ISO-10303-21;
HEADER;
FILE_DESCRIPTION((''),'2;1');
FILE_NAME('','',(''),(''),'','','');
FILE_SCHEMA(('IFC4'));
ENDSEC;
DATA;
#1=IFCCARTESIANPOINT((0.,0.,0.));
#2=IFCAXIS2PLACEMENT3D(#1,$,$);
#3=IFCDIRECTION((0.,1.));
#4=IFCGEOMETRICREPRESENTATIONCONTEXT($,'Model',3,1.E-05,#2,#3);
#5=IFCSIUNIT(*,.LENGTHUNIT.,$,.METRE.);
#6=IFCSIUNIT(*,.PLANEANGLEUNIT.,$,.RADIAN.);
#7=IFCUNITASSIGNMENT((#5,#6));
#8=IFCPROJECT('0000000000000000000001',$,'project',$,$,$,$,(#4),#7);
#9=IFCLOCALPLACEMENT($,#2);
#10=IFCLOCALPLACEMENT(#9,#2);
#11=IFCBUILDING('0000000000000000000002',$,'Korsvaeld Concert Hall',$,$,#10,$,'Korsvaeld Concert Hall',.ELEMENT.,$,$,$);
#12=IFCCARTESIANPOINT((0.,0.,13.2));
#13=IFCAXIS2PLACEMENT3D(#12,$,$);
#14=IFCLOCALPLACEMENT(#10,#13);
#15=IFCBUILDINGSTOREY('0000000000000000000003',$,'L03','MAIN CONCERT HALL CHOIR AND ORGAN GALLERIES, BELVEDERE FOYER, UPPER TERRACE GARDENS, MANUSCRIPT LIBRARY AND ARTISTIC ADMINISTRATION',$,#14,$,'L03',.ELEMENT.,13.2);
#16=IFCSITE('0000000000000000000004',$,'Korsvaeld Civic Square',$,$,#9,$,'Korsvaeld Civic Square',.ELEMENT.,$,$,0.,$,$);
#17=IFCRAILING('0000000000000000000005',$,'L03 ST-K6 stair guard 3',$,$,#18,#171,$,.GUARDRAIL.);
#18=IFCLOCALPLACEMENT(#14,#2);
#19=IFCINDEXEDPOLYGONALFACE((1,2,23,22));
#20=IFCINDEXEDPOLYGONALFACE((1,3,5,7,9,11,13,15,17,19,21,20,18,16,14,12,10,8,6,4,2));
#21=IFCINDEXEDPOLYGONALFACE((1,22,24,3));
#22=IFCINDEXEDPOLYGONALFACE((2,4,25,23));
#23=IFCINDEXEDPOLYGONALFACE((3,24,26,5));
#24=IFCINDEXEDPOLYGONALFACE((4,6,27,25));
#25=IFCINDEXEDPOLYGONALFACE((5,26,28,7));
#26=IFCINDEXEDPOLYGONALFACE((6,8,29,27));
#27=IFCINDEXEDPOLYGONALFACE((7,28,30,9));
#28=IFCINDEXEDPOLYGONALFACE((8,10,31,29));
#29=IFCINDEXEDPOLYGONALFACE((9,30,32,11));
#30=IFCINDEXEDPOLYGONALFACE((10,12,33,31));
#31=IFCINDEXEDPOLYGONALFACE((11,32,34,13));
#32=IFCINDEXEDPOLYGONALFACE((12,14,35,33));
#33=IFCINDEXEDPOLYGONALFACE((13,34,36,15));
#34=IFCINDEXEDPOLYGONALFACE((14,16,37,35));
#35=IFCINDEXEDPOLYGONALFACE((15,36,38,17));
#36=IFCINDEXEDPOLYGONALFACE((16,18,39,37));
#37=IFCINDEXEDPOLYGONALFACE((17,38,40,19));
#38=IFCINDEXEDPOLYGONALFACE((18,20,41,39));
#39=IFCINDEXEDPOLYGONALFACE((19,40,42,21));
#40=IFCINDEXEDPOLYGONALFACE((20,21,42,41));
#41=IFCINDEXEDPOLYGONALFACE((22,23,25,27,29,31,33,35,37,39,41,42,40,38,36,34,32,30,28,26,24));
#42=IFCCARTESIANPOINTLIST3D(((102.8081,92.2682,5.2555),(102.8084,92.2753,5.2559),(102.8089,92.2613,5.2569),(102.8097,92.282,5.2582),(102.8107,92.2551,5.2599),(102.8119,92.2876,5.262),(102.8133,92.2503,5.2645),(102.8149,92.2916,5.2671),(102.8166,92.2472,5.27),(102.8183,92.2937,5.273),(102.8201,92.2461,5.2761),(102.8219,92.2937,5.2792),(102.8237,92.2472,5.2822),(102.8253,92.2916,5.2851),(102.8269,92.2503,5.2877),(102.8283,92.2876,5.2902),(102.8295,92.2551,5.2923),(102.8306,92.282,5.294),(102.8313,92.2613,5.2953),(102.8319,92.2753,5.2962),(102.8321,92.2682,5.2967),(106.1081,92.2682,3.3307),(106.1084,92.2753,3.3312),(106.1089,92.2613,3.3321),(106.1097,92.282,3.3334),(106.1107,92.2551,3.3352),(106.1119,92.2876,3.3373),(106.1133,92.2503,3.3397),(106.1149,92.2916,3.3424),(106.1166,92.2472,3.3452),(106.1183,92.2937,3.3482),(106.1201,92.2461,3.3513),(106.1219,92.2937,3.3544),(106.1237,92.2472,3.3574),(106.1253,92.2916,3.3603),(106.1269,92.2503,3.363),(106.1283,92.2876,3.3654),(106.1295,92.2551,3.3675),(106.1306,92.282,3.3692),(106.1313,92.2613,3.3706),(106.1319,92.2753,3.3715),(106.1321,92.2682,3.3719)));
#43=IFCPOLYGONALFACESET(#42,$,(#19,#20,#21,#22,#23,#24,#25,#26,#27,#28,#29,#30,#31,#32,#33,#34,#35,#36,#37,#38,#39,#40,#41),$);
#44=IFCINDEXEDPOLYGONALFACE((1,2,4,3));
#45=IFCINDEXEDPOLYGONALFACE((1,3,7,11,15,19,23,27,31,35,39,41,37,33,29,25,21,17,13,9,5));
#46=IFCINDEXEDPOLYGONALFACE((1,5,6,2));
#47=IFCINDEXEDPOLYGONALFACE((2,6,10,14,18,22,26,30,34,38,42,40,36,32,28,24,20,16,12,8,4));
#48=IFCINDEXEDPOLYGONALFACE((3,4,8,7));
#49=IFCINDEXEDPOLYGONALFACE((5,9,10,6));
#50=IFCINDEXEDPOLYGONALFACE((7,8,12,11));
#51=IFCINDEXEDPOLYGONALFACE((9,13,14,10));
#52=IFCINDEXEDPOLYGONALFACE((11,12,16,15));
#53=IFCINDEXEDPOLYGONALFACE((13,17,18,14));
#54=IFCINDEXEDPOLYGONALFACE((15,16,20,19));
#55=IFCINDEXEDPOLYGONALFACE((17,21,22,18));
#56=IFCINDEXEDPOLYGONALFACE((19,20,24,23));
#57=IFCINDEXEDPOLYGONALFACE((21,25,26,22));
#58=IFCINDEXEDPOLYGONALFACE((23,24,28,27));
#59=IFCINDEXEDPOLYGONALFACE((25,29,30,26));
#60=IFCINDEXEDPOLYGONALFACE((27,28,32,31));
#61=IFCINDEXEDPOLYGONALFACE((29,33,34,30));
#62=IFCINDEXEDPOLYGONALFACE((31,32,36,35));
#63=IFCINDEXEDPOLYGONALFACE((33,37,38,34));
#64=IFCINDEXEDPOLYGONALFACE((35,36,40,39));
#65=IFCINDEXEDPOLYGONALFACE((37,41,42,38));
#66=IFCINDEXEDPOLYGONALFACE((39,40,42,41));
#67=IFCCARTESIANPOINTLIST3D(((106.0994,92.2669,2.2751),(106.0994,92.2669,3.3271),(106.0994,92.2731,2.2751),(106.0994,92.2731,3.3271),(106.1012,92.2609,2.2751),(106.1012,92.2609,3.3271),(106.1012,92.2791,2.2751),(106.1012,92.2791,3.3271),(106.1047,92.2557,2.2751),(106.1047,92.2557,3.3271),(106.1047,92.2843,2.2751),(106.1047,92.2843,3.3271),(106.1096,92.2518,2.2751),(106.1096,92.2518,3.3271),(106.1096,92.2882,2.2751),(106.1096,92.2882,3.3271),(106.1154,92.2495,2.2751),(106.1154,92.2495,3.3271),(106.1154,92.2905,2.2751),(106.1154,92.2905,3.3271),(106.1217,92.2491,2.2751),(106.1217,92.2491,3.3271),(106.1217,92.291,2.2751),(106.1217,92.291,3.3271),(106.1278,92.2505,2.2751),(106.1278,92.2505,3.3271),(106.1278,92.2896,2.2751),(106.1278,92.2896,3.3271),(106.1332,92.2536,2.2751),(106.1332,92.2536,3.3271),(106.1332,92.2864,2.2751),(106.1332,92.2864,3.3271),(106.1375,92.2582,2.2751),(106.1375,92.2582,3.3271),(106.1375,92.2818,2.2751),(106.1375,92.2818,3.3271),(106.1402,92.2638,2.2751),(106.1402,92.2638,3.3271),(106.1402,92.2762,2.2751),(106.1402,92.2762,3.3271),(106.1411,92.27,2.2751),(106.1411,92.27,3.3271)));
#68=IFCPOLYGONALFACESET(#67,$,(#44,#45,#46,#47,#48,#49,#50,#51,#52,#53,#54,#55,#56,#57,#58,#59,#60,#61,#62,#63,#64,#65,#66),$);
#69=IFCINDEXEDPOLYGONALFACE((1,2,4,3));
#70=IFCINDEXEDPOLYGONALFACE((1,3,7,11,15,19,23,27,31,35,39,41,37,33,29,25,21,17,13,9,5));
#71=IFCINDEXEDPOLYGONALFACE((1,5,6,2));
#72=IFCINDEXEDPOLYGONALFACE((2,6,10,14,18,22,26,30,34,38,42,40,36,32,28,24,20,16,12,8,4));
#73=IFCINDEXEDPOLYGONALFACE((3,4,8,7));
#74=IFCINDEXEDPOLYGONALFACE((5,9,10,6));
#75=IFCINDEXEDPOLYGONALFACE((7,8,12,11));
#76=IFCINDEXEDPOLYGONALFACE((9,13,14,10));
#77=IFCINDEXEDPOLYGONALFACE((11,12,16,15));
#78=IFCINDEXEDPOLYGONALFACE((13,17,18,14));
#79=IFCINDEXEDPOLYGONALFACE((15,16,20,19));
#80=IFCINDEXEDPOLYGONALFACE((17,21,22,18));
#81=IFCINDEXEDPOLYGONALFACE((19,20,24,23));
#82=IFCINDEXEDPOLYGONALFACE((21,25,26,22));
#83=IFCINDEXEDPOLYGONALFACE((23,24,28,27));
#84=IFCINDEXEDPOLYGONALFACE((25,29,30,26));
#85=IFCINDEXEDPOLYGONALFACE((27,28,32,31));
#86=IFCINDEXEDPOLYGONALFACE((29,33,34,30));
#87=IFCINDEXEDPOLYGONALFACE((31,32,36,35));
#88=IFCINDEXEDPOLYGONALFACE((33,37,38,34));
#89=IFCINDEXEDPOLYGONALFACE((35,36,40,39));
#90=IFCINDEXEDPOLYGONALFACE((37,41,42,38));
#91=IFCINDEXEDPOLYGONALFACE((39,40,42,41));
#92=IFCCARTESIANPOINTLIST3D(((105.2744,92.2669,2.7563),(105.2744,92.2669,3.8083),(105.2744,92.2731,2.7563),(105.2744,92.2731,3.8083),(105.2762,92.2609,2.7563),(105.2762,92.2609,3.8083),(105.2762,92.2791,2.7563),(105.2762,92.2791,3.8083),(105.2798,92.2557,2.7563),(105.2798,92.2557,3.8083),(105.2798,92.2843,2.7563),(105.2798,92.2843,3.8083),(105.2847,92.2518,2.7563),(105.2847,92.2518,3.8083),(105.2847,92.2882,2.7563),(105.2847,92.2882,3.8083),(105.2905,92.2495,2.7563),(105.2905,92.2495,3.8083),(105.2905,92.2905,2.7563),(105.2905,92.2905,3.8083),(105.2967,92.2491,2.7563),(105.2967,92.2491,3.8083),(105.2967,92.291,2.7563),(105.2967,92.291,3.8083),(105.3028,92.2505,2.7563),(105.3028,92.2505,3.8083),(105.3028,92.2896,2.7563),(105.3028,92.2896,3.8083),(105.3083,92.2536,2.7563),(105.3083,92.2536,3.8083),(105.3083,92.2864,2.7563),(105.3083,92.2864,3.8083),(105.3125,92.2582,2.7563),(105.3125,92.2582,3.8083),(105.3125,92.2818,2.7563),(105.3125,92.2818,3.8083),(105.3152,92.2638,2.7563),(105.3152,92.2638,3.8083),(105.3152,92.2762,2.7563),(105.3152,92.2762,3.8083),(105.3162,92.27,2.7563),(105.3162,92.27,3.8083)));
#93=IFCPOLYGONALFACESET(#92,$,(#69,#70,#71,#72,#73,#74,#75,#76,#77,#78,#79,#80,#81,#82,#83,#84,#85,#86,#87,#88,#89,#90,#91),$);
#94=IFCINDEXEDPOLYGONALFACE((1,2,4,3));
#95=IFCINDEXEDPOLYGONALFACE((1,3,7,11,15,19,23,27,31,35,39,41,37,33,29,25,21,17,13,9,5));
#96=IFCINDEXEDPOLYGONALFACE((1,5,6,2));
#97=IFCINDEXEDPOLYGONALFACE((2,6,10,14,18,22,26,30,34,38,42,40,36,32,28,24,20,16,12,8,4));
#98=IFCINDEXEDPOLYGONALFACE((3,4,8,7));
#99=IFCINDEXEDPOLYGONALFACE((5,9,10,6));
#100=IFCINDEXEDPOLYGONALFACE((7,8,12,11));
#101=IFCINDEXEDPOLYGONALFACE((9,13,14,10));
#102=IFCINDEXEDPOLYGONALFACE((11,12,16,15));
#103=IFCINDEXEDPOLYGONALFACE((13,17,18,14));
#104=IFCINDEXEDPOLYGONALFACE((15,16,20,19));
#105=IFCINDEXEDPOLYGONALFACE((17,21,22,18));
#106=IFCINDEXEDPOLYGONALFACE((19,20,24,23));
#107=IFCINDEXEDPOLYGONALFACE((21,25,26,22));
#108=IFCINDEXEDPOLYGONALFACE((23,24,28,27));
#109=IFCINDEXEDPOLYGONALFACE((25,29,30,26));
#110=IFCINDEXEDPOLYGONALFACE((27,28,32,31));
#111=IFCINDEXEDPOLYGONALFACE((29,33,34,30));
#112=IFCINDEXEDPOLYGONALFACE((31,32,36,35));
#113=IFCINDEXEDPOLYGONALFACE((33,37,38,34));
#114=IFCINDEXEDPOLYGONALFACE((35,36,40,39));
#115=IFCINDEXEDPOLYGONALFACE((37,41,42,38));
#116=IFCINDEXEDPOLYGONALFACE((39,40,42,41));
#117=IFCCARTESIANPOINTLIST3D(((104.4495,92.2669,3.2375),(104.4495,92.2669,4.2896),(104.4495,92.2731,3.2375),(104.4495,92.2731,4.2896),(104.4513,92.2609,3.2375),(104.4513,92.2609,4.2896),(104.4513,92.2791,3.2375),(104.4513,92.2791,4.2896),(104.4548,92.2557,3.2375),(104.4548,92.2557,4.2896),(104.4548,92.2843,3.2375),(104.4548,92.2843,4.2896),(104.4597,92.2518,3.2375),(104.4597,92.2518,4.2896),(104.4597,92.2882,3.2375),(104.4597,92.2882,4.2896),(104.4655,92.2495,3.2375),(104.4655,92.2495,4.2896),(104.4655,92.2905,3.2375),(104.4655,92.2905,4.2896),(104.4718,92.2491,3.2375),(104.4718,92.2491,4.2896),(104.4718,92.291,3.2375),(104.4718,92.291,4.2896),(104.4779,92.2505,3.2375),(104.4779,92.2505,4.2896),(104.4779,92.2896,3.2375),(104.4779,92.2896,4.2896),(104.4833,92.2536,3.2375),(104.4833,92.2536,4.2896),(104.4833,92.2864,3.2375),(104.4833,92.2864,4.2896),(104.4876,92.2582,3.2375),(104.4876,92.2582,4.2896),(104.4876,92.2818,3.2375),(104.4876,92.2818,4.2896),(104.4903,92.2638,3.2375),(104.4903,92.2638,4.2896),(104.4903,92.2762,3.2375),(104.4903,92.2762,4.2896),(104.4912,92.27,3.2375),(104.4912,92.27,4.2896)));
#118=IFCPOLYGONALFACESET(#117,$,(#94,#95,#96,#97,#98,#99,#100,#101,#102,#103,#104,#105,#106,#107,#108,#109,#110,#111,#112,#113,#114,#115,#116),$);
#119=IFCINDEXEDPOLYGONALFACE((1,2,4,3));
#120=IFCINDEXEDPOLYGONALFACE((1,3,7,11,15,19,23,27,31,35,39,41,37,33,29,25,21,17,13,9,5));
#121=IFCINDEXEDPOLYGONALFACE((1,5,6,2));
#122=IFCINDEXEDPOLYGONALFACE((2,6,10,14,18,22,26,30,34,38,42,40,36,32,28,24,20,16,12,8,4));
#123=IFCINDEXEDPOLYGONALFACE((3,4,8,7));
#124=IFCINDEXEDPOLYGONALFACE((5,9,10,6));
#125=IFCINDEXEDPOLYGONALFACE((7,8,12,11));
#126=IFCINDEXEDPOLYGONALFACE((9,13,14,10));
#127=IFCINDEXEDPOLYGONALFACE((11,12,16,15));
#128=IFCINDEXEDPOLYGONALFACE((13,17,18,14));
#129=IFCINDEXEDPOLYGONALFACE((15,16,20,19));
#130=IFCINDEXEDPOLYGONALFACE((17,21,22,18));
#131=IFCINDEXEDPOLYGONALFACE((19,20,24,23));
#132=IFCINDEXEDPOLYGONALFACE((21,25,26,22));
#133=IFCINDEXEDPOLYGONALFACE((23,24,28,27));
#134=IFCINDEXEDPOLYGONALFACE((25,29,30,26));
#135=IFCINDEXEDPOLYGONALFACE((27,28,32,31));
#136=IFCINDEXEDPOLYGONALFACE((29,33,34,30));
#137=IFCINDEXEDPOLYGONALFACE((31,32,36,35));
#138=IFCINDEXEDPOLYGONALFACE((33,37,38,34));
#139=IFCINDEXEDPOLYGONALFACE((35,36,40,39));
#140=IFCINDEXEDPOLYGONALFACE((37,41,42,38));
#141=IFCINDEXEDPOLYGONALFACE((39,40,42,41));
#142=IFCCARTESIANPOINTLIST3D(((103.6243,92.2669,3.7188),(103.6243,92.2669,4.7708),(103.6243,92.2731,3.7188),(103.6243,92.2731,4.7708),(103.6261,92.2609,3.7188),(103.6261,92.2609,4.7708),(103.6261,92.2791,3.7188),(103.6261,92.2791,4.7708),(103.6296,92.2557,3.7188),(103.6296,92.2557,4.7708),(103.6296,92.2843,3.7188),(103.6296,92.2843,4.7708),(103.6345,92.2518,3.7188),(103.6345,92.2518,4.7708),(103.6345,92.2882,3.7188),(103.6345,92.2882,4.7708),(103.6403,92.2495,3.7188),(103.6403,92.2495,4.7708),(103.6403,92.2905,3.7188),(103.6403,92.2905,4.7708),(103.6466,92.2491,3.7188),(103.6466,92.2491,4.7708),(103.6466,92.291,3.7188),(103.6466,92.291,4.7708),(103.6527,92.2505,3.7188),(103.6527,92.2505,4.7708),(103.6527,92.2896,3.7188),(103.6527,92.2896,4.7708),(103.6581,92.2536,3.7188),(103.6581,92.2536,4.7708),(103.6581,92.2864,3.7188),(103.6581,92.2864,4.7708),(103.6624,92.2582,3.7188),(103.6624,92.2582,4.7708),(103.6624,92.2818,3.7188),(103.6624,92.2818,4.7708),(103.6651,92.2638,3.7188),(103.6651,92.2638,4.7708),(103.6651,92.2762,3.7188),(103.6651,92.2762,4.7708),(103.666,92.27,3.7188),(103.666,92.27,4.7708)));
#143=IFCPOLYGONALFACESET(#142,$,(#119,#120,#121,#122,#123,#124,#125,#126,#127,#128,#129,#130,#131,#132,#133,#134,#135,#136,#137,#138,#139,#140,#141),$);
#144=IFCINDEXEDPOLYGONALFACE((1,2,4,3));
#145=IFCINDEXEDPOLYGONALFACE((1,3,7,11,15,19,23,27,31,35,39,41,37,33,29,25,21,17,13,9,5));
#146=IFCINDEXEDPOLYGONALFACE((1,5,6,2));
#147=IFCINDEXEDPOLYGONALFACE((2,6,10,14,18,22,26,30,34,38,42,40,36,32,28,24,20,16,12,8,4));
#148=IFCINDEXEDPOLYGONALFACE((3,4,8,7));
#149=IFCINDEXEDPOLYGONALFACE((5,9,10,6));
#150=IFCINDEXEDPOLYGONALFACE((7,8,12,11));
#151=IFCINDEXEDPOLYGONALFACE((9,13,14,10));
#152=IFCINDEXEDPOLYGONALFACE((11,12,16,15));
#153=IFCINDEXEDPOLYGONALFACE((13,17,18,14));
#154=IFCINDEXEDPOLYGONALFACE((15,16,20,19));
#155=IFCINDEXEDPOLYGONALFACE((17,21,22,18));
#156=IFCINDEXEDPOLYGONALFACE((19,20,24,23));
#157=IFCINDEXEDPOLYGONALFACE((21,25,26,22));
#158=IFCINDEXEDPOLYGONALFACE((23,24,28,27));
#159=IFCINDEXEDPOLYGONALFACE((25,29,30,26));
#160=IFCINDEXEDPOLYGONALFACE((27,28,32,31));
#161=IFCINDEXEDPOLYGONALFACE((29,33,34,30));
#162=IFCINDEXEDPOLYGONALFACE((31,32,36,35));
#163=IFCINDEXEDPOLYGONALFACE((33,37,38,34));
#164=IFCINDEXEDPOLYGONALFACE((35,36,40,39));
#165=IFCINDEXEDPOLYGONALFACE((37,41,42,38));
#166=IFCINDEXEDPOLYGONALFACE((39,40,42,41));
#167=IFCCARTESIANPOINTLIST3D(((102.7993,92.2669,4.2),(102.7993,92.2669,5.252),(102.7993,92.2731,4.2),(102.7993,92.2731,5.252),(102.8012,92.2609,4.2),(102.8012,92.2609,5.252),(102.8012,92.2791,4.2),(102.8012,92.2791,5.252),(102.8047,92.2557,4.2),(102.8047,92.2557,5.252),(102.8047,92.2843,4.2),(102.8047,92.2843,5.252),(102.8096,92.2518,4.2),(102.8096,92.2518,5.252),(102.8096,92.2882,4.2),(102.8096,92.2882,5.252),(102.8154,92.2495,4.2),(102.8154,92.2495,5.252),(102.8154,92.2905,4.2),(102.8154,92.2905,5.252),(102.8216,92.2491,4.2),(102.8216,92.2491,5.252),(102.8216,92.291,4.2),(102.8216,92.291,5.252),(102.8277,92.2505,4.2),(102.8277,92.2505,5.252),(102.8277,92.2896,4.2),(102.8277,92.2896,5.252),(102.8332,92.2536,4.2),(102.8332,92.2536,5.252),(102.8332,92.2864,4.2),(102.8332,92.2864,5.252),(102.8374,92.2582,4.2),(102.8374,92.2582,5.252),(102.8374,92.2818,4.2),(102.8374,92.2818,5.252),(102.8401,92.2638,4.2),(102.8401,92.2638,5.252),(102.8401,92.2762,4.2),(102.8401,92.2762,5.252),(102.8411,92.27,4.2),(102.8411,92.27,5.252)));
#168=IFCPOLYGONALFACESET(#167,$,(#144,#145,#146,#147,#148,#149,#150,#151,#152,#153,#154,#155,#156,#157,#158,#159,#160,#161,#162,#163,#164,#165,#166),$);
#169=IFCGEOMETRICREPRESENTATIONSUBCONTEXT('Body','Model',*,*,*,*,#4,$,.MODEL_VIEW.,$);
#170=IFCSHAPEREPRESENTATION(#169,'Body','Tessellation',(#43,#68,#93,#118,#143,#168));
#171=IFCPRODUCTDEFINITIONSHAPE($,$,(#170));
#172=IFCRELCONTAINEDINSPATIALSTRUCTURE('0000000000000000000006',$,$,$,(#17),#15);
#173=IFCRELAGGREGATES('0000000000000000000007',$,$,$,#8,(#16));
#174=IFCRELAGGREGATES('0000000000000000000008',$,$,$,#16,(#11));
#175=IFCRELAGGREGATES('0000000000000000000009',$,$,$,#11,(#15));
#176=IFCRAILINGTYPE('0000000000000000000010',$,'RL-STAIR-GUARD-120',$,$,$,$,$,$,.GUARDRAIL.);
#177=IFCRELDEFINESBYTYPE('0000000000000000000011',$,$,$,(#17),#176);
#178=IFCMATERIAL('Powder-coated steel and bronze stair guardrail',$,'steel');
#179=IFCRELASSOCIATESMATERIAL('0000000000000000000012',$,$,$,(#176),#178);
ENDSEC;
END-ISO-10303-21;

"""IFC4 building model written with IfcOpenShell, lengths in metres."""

from ifc_helpers import new_model, si_unit, direction, frame, origin, origin_2d, place, context, subcontext, project, spatial, circle, extrude, material, type_object, element, save


model = new_model("IFC4")

# Units and contexts
model_context = context("Model", 3, precision=1e-05, world=origin(), true_north=direction((0.0, 1.0)))
body_context = subcontext(model_context, "Body", "Model", "MODEL_VIEW")
ifc_project = project(units=[si_unit("LENGTHUNIT", "METRE"), si_unit("PLANEANGLEUNIT", "RADIAN")], contexts=[model_context])

# Site, building, storey
site_placement = place(None, origin())
site = spatial("IfcSite", under=ifc_project, at=site_placement, Name="Korsvaeld Civic Square", LongName="Korsvaeld Civic Square", CompositionType="ELEMENT", RefElevation=0.0)
building_placement = place(site_placement, origin())
building = spatial("IfcBuilding", under=site, at=building_placement, Name="Korsvaeld Concert Hall", LongName="Korsvaeld Concert Hall", CompositionType="ELEMENT")
storey_placement = place(building_placement, frame((0.0, 0.0, 13.2)))
storey = spatial("IfcBuildingStorey", under=building, at=storey_placement, Name="L03", Description="MAIN CONCERT HALL CHOIR AND ORGAN GALLERIES, BELVEDERE FOYER, UPPER TERRACE GARDENS, MANUSCRIPT LIBRARY AND ARTISTIC ADMINISTRATION", LongName="L03", CompositionType="ELEMENT", Elevation=13.2)

# Railing
ifc_material_1 = material(Name="Powder-coated steel and bronze stair guardrail", Category="steel")
railing_type_1 = type_object("IfcRailingType", Name="RL-STAIR-GUARD-120", PredefinedType="GUARDRAIL", material=ifc_material_1)
railing_1_placement = place(storey_placement, frame((106.1201, 92.27, 2.2751)))
element("IfcRailing", 1, at=railing_1_placement, inside=storey, type_object=railing_type_1, Name="L03 ST-K6 stair guard 3", PredefinedType="GUARDRAIL", context=body_context, shape_type="SweptSolid", body=[
    extrude(circle(Radius=0.0239, at=origin_2d()), frame((0.0, 0.0, 1.0762), z_axis=(-0.863804, 0.0, 0.503827), x_axis=(0.0, -1.0, 0.0)), (0.0, 0.0, 1.0), 3.8203),
    extrude(circle(Radius=0.021, at=origin_2d()), origin(), (0.0, 0.0, 1.0), 1.052),
    extrude(circle(Radius=0.021, at=origin_2d()), frame((-0.825, 0.0, 0.4812)), (0.0, 0.0, 1.0), 1.052),
    extrude(circle(Radius=0.021, at=origin_2d()), frame((-1.6499, 0.0, 0.9624)), (0.0, 0.0, 1.0), 1.052),
    extrude(circle(Radius=0.021, at=origin_2d()), frame((-2.4751, 0.0, 1.4436)), (0.0, 0.0, 1.0), 1.052),
    extrude(circle(Radius=0.021, at=origin_2d()), frame((-3.3, 0.0, 1.9248)), (0.0, 0.0, 1.0), 1.052),
])

save(model, "model.ifc")
